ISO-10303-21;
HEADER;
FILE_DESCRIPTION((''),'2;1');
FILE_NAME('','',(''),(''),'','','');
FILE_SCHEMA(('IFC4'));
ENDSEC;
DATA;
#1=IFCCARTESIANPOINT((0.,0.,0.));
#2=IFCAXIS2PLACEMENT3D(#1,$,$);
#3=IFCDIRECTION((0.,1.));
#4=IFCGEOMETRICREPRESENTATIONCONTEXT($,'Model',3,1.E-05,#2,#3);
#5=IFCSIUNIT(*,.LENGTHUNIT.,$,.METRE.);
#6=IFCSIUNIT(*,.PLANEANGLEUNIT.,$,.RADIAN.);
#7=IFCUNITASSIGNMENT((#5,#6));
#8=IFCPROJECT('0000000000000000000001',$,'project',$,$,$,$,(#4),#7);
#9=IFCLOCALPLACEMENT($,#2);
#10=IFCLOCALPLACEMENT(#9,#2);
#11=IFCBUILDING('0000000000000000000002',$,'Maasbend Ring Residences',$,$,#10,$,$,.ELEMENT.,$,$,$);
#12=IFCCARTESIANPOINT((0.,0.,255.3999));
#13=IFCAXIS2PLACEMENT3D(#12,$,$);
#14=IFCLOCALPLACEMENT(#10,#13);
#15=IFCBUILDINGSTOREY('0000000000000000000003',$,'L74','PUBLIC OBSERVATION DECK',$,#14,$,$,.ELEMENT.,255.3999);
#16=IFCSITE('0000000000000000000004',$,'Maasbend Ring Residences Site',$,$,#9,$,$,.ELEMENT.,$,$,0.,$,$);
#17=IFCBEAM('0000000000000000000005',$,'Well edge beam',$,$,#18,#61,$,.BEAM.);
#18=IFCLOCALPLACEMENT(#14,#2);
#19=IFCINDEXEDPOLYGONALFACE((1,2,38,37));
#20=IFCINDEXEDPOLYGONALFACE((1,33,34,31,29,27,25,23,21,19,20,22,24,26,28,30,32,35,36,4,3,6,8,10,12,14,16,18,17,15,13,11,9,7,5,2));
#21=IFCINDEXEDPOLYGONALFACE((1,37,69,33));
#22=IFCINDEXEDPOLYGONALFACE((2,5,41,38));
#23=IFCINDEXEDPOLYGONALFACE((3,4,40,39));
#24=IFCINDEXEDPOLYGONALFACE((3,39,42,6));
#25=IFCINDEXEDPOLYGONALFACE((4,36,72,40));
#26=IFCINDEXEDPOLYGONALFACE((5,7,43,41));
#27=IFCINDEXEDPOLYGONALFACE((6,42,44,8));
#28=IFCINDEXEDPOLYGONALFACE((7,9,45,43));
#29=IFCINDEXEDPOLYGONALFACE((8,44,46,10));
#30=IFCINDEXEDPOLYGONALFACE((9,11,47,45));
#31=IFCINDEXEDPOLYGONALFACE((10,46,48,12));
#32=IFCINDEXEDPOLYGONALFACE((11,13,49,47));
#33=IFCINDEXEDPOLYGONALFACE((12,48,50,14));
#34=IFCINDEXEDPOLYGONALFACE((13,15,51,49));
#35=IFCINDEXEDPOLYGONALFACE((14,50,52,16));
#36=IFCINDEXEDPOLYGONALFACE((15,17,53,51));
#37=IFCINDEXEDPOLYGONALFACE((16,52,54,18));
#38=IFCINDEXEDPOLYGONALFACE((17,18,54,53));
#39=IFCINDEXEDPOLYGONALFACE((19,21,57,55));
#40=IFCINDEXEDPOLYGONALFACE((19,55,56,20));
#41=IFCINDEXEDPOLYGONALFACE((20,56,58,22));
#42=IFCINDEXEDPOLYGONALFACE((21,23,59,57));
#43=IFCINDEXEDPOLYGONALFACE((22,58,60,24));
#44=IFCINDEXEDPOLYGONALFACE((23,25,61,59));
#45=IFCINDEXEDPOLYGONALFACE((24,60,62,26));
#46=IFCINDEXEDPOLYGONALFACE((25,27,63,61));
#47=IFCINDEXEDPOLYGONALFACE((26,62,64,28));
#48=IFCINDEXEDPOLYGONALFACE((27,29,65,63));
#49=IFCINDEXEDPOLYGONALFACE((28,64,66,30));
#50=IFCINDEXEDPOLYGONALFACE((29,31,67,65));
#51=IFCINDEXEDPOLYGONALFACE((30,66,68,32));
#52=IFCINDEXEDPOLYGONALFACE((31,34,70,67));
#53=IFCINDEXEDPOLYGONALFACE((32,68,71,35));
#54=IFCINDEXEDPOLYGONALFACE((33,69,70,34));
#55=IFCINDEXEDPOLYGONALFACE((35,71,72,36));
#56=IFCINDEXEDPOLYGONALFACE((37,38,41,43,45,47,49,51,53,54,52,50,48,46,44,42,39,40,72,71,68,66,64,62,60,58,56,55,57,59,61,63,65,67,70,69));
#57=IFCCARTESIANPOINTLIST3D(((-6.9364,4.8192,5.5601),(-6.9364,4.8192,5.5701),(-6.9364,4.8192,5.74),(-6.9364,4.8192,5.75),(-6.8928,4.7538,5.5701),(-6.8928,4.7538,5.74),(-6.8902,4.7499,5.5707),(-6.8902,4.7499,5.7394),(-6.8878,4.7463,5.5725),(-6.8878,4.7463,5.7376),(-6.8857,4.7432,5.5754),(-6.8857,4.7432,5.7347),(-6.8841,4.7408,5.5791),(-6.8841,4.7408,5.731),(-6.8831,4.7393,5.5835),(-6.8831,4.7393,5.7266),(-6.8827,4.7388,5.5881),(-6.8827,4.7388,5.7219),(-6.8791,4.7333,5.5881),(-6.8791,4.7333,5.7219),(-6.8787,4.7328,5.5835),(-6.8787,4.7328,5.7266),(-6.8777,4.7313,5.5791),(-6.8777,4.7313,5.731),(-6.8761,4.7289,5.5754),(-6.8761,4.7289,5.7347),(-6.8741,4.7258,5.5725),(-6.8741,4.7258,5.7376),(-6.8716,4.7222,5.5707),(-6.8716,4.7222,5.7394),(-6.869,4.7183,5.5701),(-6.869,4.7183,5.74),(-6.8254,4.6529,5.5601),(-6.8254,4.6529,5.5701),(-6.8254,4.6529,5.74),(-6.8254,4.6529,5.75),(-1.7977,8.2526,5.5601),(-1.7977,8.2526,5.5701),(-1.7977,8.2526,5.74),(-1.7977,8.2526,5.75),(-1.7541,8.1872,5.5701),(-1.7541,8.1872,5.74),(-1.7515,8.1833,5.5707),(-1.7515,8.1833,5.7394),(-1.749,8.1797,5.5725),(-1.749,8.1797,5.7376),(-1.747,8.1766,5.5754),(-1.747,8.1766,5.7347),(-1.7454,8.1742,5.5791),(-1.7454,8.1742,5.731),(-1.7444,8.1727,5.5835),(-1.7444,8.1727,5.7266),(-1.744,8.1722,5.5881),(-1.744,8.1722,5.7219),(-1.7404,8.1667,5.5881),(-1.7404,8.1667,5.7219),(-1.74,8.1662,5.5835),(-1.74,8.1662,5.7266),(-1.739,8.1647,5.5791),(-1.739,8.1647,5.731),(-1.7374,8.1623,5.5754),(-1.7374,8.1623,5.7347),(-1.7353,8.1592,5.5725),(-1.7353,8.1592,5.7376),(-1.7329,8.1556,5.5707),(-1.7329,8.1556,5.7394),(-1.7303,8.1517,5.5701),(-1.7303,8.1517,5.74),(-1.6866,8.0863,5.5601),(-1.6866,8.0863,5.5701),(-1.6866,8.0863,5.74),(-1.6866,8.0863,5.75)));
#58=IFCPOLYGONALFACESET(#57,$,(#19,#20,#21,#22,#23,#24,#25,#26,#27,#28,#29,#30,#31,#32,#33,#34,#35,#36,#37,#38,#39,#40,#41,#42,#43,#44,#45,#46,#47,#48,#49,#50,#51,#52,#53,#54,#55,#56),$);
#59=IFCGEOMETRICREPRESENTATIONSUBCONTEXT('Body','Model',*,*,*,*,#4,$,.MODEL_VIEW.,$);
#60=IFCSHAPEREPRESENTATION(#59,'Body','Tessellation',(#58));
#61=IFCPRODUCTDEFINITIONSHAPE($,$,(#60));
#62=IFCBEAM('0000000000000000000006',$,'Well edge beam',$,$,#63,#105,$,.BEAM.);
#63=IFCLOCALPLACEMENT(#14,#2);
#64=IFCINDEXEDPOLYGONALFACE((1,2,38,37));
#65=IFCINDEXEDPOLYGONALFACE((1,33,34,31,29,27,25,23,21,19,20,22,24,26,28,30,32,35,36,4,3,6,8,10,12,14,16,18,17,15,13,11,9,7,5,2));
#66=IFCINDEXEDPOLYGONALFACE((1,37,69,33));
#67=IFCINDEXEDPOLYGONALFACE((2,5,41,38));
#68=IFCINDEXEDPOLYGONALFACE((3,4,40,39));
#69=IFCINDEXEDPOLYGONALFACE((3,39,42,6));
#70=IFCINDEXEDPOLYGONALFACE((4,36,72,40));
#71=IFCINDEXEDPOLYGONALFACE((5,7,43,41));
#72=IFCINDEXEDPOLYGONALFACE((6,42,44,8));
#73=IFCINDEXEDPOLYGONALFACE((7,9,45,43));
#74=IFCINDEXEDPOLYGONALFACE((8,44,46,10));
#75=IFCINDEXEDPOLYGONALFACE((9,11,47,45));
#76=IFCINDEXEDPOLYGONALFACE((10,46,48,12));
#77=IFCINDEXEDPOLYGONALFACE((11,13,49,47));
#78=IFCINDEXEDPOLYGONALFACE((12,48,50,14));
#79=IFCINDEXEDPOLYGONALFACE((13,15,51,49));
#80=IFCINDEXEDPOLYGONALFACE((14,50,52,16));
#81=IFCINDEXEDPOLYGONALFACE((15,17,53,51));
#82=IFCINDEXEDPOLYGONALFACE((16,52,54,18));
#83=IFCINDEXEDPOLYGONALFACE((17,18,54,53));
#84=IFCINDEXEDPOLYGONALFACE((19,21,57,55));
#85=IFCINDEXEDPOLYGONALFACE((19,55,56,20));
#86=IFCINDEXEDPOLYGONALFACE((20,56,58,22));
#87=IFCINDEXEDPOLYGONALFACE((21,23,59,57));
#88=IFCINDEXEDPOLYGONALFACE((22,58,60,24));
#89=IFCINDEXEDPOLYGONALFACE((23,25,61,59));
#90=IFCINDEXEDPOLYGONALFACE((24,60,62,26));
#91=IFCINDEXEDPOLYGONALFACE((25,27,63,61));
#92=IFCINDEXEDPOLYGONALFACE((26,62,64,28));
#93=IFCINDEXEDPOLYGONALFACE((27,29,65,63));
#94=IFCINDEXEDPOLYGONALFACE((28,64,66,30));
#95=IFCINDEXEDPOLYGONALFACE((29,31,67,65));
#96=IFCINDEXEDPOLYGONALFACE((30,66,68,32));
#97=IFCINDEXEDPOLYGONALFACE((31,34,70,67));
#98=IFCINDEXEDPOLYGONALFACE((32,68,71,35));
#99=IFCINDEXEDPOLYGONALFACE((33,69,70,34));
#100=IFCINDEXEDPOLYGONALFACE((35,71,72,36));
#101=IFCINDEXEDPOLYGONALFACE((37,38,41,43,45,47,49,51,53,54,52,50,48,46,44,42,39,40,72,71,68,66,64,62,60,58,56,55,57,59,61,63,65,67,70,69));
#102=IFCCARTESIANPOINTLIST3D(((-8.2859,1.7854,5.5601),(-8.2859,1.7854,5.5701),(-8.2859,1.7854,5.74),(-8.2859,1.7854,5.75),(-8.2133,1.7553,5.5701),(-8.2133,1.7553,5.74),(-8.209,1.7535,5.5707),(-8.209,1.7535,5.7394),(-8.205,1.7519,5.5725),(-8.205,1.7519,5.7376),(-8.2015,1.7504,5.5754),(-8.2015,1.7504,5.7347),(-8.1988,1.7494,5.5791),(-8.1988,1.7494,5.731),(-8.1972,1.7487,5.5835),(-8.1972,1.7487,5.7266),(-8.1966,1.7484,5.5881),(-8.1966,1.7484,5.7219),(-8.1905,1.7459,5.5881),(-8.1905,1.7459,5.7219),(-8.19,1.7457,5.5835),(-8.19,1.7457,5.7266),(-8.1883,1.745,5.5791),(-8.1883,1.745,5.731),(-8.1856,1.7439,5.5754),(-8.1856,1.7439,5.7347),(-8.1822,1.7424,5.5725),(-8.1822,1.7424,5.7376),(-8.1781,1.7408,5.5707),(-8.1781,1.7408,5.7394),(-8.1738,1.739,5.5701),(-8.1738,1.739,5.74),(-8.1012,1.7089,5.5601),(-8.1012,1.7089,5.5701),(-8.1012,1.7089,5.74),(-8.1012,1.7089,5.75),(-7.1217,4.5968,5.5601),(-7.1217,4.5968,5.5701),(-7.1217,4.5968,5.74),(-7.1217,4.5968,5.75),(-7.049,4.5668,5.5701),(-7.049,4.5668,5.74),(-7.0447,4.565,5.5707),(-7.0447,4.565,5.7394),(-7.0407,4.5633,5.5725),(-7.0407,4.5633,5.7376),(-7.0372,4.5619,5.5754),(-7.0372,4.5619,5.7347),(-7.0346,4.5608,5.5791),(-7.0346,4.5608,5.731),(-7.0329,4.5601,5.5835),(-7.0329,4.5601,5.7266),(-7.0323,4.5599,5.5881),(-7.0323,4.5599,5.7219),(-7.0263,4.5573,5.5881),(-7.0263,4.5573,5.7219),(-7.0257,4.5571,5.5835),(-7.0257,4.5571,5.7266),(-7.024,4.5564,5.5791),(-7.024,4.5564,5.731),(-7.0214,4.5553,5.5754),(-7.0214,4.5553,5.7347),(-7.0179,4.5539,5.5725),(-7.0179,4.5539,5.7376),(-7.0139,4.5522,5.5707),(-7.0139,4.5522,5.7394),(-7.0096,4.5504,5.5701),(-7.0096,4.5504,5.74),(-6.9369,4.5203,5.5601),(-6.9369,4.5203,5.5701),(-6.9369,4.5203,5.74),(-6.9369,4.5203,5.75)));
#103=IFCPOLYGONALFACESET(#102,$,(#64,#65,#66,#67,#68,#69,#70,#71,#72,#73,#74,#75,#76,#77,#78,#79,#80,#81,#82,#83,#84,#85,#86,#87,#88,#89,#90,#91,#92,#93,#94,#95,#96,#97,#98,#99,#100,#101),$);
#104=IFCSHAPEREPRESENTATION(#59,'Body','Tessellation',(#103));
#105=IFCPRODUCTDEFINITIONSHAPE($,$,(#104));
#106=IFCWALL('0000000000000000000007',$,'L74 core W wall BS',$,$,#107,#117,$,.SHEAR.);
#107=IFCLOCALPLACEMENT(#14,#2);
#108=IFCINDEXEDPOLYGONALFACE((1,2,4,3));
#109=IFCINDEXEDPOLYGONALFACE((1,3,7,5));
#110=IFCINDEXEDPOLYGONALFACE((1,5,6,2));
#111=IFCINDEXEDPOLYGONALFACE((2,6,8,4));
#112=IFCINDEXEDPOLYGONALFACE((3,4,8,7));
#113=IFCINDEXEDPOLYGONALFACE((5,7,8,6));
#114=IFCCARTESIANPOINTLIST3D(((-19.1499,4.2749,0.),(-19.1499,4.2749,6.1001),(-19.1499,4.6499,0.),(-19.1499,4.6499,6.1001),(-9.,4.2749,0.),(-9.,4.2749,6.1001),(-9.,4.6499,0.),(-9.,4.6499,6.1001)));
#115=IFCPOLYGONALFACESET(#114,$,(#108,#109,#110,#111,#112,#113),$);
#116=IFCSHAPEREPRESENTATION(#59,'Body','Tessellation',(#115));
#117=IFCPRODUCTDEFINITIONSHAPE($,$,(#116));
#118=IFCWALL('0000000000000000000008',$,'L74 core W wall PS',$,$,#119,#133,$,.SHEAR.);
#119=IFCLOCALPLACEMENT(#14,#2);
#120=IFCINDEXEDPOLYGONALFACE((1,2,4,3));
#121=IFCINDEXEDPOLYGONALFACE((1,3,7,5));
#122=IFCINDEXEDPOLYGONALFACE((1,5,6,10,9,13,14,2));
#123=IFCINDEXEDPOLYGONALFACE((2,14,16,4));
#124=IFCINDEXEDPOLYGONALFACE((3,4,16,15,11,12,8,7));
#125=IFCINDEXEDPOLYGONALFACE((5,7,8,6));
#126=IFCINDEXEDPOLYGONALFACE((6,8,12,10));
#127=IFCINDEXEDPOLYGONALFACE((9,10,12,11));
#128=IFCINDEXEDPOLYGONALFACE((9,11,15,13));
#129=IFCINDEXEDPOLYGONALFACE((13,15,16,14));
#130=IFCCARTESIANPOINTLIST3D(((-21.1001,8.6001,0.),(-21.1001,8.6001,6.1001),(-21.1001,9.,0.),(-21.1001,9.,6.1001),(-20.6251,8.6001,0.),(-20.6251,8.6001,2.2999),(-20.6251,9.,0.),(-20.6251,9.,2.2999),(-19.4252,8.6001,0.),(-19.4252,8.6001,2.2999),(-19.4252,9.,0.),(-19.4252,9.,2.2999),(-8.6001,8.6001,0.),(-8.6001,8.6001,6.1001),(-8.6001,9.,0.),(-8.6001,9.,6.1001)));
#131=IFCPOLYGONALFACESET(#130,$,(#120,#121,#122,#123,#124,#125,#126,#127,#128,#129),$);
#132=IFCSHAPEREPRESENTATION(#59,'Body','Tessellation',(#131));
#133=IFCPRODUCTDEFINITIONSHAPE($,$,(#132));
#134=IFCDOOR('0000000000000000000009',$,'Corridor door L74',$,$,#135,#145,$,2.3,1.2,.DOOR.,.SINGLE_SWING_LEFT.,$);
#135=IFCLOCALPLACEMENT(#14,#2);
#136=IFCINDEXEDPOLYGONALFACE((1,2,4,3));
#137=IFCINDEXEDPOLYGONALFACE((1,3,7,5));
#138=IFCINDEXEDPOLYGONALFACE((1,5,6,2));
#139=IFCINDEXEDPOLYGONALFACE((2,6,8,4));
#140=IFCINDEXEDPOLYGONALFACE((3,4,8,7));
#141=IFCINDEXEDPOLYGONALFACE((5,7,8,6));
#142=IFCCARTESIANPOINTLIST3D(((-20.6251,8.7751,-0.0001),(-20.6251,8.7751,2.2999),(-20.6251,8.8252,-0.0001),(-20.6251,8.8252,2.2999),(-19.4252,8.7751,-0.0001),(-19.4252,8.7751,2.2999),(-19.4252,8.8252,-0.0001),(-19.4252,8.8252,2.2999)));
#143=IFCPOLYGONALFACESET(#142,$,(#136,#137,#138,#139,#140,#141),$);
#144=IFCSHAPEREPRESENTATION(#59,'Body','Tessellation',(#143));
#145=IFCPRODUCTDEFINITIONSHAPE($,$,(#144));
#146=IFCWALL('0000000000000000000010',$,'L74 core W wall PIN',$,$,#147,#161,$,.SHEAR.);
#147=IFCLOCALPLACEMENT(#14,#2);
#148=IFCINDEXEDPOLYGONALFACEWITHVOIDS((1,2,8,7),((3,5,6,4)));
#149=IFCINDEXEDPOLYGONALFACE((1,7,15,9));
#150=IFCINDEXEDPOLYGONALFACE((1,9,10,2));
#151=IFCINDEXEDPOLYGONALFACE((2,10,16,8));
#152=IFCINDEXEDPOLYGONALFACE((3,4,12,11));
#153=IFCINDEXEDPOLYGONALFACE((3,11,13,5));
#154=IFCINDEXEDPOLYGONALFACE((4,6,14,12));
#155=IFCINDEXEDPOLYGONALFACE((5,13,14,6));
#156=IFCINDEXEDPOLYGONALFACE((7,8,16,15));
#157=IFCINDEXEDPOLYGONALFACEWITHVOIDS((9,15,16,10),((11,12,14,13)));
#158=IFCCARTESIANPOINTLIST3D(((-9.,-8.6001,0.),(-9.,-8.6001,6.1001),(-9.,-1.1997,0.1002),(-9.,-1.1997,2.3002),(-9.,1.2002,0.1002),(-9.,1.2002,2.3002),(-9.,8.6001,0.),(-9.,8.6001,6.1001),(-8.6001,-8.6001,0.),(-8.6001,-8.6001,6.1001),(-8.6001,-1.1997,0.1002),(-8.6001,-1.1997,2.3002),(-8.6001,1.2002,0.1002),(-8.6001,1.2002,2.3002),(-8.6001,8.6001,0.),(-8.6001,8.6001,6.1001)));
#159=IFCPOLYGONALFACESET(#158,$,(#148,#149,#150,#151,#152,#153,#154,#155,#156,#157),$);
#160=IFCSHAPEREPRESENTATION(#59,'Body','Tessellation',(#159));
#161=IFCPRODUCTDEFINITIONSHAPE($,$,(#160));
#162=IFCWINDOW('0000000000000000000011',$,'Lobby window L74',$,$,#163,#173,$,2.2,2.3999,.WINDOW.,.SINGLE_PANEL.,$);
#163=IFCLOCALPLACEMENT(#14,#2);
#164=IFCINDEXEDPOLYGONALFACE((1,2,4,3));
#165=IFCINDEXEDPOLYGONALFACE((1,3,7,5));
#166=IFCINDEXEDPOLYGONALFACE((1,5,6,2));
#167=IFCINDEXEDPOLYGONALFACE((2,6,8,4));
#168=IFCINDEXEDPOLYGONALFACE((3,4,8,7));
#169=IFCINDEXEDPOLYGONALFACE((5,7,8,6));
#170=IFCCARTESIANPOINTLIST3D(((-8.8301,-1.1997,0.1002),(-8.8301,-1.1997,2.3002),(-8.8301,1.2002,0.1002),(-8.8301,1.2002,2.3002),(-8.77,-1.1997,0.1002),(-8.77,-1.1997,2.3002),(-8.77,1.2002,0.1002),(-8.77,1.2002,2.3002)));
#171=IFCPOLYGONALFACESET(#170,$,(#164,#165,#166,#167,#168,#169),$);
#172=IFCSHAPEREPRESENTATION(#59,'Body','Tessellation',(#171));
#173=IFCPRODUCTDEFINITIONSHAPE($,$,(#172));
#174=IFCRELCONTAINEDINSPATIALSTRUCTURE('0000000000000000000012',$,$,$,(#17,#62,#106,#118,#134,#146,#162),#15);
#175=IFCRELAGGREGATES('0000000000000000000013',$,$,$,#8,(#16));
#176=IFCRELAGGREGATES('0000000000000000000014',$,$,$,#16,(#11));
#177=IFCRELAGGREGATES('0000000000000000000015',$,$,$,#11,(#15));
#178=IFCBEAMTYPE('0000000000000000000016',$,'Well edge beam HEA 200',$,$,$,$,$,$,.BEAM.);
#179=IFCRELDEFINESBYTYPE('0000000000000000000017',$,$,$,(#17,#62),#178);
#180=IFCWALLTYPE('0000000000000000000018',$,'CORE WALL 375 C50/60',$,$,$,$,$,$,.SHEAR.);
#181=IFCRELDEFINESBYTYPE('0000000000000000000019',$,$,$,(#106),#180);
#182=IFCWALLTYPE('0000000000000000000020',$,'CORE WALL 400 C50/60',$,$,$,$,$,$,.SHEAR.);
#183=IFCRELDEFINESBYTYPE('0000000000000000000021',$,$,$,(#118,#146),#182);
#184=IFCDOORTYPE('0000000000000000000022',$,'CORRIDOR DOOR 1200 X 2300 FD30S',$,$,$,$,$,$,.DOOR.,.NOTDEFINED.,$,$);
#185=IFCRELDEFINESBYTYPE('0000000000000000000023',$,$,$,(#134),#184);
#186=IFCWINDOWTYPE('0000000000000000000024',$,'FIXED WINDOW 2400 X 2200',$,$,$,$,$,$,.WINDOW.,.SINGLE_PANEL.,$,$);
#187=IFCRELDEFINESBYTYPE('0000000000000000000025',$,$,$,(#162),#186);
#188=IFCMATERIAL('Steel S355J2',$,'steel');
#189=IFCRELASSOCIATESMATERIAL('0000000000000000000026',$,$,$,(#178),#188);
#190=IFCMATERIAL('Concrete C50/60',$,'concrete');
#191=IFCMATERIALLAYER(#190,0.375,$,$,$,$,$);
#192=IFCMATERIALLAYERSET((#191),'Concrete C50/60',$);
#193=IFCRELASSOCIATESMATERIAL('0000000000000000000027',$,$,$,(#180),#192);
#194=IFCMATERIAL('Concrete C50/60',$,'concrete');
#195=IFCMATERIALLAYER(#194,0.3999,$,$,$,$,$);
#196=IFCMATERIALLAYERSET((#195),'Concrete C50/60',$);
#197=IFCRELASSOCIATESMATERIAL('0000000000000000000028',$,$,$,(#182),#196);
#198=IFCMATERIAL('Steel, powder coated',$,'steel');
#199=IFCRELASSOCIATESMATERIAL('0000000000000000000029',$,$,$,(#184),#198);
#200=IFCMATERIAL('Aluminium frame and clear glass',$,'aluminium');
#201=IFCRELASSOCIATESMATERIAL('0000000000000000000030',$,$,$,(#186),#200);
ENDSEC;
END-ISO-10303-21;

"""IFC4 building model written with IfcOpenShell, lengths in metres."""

from ifc_helpers import new_model, si_unit, direction, frame, frame_2d, origin, origin_2d, place, context, subcontext, project, spatial, rectangle, i_section, extrude, material, layer, layer_set, material_profile, profile_set, type_object, element, fill, save


model = new_model("IFC4")

# Units and contexts
model_context = context("Model", 3, precision=1e-05, world=origin(), true_north=direction((0.0, 1.0)))
body_context = subcontext(model_context, "Body", "Model", "MODEL_VIEW")
ifc_project = project(units=[si_unit("LENGTHUNIT", "METRE"), si_unit("PLANEANGLEUNIT", "RADIAN")], contexts=[model_context])

# Site, building, storey
site_placement = place(None, origin())
site = spatial("IfcSite", under=ifc_project, at=site_placement, Name="Maasbend Ring Residences Site", CompositionType="ELEMENT", RefElevation=0.0)
building_placement = place(site_placement, origin())
building = spatial("IfcBuilding", under=site, at=building_placement, Name="Maasbend Ring Residences", CompositionType="ELEMENT")
storey_placement = place(building_placement, frame((0.0, 0.0, 255.3999)))
storey = spatial("IfcBuildingStorey", under=building, at=storey_placement, Name="L74", Description="PUBLIC OBSERVATION DECK", CompositionType="ELEMENT", Elevation=255.3999)

# Beams
ifc_material_1 = material(Name="Steel S355J2", Category="steel")
ifc_material_profile_1 = material_profile(ifc_material_1, i_section(OverallWidth=0.2, OverallDepth=0.1899, WebThickness=0.0066, FlangeThickness=0.01, FilletRadius=0.0181, at=origin_2d()), Name="HEA 200")
ifc_profile_set_1 = profile_set([ifc_material_profile_1], Name="Steel S355J2")
beam_type_1 = type_object("IfcBeamType", Name="Well edge beam HEA 200", PredefinedType="BEAM", material=ifc_profile_set_1)
beam_1_placement = place(storey_placement, frame((-1.7422, 8.1694, 5.655), z_axis=(-0.831485, -0.555548, 0.0), x_axis=(0.555548, -0.831485, 0.0)))
element("IfcBeam", 1, at=beam_1_placement, inside=storey, type_object=beam_type_1, Name="Well edge beam", PredefinedType="BEAM", context=body_context, shape_type="SweptSolid", body=[
    extrude(i_section(OverallWidth=0.2, OverallDepth=0.1899, WebThickness=0.0066, FlangeThickness=0.01, FilletRadius=0.0181, at=origin_2d()), origin(), (0.0, 0.0, 1.0), 6.1802),
])
beam_2_placement = place(storey_placement, frame((-7.0293, 4.5586, 5.655), z_axis=(-0.382609, -0.92391, 0.0), x_axis=(0.92391, -0.382609, 0.0)))
element("IfcBeam", 2, at=beam_2_placement, inside=storey, type_object=beam_type_1, Name="Well edge beam", PredefinedType="BEAM", context=body_context, shape_type="SweptSolid", body=[
    extrude(i_section(OverallWidth=0.2, OverallDepth=0.1899, WebThickness=0.0066, FlangeThickness=0.01, FilletRadius=0.0181, at=origin_2d()), origin(), (0.0, 0.0, 1.0), 3.043),
])

# Wall
ifc_material_2 = material(Name="Concrete C50/60", Category="concrete")
ifc_layer_1 = layer(ifc_material_2, 0.375)
ifc_layer_set_1 = layer_set([ifc_layer_1], Name="Concrete C50/60")
wall_type_1 = type_object("IfcWallType", Name="CORE WALL 375 C50/60", PredefinedType="SHEAR", material=ifc_layer_set_1)
wall_1_placement = place(storey_placement, frame((-9.0, 4.4624, 0.0), z_axis=(0.0, 0.0, 1.0), x_axis=(-1.0, 0.0, 0.0)))
element("IfcWall", 3, at=wall_1_placement, inside=storey, type_object=wall_type_1, Name="L74 core W wall BS", PredefinedType="SHEAR", context=body_context, shape_type="SweptSolid", body=[
    extrude(rectangle(XDim=10.1499, YDim=0.375, at=frame_2d((5.075, 0.0))), origin(), (0.0, 0.0, 1.0), 6.1001),
])

# Wall, opening, door
ifc_material_3 = material(Name="Concrete C50/60", Category="concrete")
ifc_layer_2 = layer(ifc_material_3, 0.3999)
ifc_layer_set_2 = layer_set([ifc_layer_2], Name="Concrete C50/60")
wall_type_2 = type_object("IfcWallType", Name="CORE WALL 400 C50/60", PredefinedType="SHEAR", material=ifc_layer_set_2)
wall_2_placement = place(storey_placement, frame((-8.6001, 8.8, 0.0), z_axis=(0.0, 0.0, 1.0), x_axis=(-1.0, 0.0, 0.0)))
wall_2 = element("IfcWall", 4, at=wall_2_placement, inside=storey, type_object=wall_type_2, Name="L74 core W wall PS", PredefinedType="SHEAR", context=body_context, shape_type="SweptSolid", body=[
    extrude(rectangle(XDim=12.5, YDim=0.3999, at=frame_2d((6.25, 0.0))), origin(), (0.0, 0.0, 1.0), 6.1001),
])
opening_1_placement = place(wall_2_placement, frame((10.825, 0.0, 0.0)))
opening_1 = element("IfcOpeningElement", 5, at=opening_1_placement, cuts=wall_2, PredefinedType="OPENING", context=body_context, shape_type="SweptSolid", body=[
    extrude(rectangle(XDim=1.2, YDim=2.3, at=frame_2d((0.6001, 1.1499))), frame((0.0, 0.21, 0.0), z_axis=(0.0, -1.0, 0.0), x_axis=(1.0, 0.0, 0.0)), (0.0, 0.0, 1.0), 0.4199),
])
ifc_material_4 = material(Name="Steel, powder coated", Category="steel")
door_type = type_object("IfcDoorType", Name="CORRIDOR DOOR 1200 X 2300 FD30S", OperationType="NOTDEFINED", PredefinedType="DOOR", material=ifc_material_4)
door_placement = place(opening_1_placement, origin())
door = element("IfcDoor", 6, at=door_placement, inside=storey, type_object=door_type, Name="Corridor door L74", OperationType="SINGLE_SWING_LEFT", OverallHeight=2.3, OverallWidth=1.2, PredefinedType="DOOR", context=body_context, shape_type="SweptSolid", body=[
    extrude(rectangle(XDim=1.2, YDim=2.3, at=frame_2d((0.6001, 1.1499))), frame((0.0, 0.0249, 0.0), z_axis=(0.0, -1.0, 0.0), x_axis=(1.0, 0.0, 0.0)), (0.0, 0.0, 1.0), 0.05),
])
fill(opening_1, door)

# Wall, opening, window
wall_3_placement = place(storey_placement, frame((-8.8, 8.6001, 0.0), z_axis=(0.0, 0.0, 1.0), x_axis=(0.0, -1.0, 0.0)))
wall_3 = element("IfcWall", 7, at=wall_3_placement, inside=storey, type_object=wall_type_2, Name="L74 core W wall PIN", PredefinedType="SHEAR", context=body_context, shape_type="SweptSolid", body=[
    extrude(rectangle(XDim=17.2002, YDim=0.3999, at=frame_2d((8.6001, 0.0))), origin(), (0.0, 0.0, 1.0), 6.1001),
])
opening_2_placement = place(wall_3_placement, frame((7.3999, 0.0, 0.1001)))
opening_2 = element("IfcOpeningElement", 8, at=opening_2_placement, cuts=wall_3, PredefinedType="OPENING", context=body_context, shape_type="SweptSolid", body=[
    extrude(rectangle(XDim=2.3999, YDim=2.2, at=frame_2d((1.2, 1.1001))), frame((0.0, 0.21, 0.0), z_axis=(0.0, -1.0, 0.0), x_axis=(1.0, 0.0, 0.0)), (0.0, 0.0, 1.0), 0.4199),
])
ifc_material_5 = material(Name="Aluminium frame and clear glass", Category="aluminium")
window_type = type_object("IfcWindowType", Name="FIXED WINDOW 2400 X 2200", PartitioningType="SINGLE_PANEL", PredefinedType="WINDOW", material=ifc_material_5)
window_placement = place(opening_2_placement, origin())
window = element("IfcWindow", 9, at=window_placement, inside=storey, type_object=window_type, Name="Lobby window L74", OverallHeight=2.2, OverallWidth=2.3999, PartitioningType="SINGLE_PANEL", PredefinedType="WINDOW", context=body_context, shape_type="SweptSolid", body=[
    extrude(rectangle(XDim=2.3999, YDim=2.2, at=frame_2d((1.2, 1.1001))), frame((0.0, 0.03, 0.0), z_axis=(0.0, -1.0, 0.0), x_axis=(1.0, 0.0, 0.0)), (0.0, 0.0, 1.0), 0.0601),
])
fill(opening_2, window)

save(model, "model.ifc")
